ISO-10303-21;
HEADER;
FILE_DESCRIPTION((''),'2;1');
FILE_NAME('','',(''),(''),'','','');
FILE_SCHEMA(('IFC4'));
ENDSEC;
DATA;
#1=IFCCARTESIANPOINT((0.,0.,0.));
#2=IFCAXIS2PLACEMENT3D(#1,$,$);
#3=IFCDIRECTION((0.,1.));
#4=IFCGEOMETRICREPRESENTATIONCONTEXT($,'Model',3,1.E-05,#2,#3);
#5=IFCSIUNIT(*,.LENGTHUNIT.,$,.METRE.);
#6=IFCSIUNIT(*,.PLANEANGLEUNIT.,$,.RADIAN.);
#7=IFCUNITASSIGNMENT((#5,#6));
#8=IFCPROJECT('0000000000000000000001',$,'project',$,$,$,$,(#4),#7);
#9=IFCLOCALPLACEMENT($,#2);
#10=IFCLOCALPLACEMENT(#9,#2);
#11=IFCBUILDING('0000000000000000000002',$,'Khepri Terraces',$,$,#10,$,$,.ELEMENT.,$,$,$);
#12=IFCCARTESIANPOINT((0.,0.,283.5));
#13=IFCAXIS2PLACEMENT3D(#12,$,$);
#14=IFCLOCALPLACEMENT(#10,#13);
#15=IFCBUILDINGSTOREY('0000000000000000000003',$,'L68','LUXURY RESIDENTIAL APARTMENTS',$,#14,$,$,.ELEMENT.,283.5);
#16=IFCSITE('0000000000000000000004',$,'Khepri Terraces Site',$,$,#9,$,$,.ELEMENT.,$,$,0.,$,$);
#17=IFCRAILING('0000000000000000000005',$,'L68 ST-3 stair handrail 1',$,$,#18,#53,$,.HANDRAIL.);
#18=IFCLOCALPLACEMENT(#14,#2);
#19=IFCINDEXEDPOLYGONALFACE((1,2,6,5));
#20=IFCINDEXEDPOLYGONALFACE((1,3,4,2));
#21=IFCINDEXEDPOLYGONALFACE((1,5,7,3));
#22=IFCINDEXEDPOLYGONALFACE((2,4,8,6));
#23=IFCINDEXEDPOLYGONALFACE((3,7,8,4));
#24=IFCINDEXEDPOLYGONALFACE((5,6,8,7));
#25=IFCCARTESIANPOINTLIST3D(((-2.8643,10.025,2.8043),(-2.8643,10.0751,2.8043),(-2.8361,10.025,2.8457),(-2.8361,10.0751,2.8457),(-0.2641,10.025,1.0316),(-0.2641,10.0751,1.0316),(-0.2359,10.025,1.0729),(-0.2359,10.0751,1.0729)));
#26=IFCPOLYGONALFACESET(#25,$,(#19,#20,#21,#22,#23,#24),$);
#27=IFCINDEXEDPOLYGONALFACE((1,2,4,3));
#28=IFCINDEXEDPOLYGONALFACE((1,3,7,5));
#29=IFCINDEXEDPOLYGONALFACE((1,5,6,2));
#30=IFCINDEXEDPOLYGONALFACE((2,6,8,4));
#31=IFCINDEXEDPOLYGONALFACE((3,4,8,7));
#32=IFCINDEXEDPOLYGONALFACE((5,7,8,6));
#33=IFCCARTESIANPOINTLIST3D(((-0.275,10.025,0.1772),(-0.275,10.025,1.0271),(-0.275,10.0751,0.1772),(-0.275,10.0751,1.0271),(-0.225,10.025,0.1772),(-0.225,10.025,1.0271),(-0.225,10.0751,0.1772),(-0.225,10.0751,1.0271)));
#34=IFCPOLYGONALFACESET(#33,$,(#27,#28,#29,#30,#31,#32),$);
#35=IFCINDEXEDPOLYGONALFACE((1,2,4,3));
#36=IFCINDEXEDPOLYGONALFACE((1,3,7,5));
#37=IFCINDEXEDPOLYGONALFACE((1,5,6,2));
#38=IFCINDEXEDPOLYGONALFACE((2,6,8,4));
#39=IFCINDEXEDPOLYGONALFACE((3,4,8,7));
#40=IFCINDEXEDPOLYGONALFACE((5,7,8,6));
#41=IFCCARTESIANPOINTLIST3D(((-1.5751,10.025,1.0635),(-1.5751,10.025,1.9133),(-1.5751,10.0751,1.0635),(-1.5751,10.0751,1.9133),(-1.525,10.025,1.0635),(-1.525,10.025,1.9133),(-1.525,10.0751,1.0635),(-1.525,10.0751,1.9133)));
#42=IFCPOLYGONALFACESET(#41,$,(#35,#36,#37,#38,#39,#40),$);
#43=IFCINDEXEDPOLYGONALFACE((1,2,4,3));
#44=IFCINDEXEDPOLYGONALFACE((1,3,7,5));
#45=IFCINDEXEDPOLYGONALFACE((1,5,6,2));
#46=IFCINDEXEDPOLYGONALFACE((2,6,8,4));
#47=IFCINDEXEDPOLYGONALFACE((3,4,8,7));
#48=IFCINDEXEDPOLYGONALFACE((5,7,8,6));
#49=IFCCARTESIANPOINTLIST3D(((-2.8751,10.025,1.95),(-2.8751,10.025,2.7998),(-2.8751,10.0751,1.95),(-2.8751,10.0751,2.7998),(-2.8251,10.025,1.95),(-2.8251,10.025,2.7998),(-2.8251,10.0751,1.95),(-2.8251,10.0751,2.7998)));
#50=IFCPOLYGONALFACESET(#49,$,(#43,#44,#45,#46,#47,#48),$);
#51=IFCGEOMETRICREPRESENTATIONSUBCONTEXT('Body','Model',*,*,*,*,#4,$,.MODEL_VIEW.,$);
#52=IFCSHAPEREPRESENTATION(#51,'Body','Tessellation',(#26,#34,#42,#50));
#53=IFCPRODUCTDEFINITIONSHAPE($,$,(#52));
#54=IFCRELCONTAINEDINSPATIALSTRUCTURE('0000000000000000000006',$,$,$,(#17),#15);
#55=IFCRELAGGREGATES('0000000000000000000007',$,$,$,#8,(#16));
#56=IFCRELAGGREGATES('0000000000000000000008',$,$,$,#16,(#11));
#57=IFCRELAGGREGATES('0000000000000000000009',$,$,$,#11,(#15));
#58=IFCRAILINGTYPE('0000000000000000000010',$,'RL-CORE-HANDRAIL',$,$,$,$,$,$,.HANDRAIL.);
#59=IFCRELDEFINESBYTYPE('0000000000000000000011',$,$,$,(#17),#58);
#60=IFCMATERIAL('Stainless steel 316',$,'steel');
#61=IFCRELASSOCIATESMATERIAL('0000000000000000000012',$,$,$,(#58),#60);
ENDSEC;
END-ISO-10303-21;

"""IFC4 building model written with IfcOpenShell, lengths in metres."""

from ifc_helpers import new_model, si_unit, direction, frame, origin, origin_2d, place, context, subcontext, project, spatial, rectangle, extrude, material, type_object, element, save


model = new_model("IFC4")

# Units and contexts
model_context = context("Model", 3, precision=1e-05, world=origin(), true_north=direction((0.0, 1.0)))
body_context = subcontext(model_context, "Body", "Model", "MODEL_VIEW")
ifc_project = project(units=[si_unit("LENGTHUNIT", "METRE"), si_unit("PLANEANGLEUNIT", "RADIAN")], contexts=[model_context])

# Site, building, storey
site_placement = place(None, origin())
site = spatial("IfcSite", under=ifc_project, at=site_placement, Name="Khepri Terraces Site", CompositionType="ELEMENT", RefElevation=0.0)
building_placement = place(site_placement, origin())
building = spatial("IfcBuilding", under=site, at=building_placement, Name="Khepri Terraces", CompositionType="ELEMENT")
storey_placement = place(building_placement, frame((0.0, 0.0, 283.5)))
storey = spatial("IfcBuildingStorey", under=building, at=storey_placement, Name="L68", Description="LUXURY RESIDENTIAL APARTMENTS", CompositionType="ELEMENT", Elevation=283.5)

# Railing
ifc_material_1 = material(Name="Stainless steel 316", Category="steel")
railing_type = type_object("IfcRailingType", Name="RL-CORE-HANDRAIL", PredefinedType="HANDRAIL", material=ifc_material_1)
railing_placement = place(storey_placement, frame((-0.25, 10.05, 0.1772)))
element("IfcRailing", 1, at=railing_placement, inside=storey, type_object=railing_type, Name="L68 ST-3 stair handrail 1", PredefinedType="HANDRAIL", context=body_context, shape_type="SweptSolid", body=[
    extrude(rectangle(XDim=0.05, YDim=0.05, at=origin_2d()), frame((0.0, 0.0, 0.875), z_axis=(-0.82624, 0.0, 0.563318), x_axis=(0.0, -1.0, 0.0)), (0.0, 0.0, 1.0), 3.147),
    extrude(rectangle(XDim=0.05, YDim=0.05, at=origin_2d()), origin(), (0.0, 0.0, 1.0), 0.8499),
    extrude(rectangle(XDim=0.05, YDim=0.05, at=origin_2d()), frame((-1.3, 0.0, 0.8862)), (0.0, 0.0, 1.0), 0.8499),
    extrude(rectangle(XDim=0.05, YDim=0.05, at=origin_2d()), frame((-2.6001, 0.0, 1.7727)), (0.0, 0.0, 1.0), 0.8499),
])

save(model, "model.ifc")
